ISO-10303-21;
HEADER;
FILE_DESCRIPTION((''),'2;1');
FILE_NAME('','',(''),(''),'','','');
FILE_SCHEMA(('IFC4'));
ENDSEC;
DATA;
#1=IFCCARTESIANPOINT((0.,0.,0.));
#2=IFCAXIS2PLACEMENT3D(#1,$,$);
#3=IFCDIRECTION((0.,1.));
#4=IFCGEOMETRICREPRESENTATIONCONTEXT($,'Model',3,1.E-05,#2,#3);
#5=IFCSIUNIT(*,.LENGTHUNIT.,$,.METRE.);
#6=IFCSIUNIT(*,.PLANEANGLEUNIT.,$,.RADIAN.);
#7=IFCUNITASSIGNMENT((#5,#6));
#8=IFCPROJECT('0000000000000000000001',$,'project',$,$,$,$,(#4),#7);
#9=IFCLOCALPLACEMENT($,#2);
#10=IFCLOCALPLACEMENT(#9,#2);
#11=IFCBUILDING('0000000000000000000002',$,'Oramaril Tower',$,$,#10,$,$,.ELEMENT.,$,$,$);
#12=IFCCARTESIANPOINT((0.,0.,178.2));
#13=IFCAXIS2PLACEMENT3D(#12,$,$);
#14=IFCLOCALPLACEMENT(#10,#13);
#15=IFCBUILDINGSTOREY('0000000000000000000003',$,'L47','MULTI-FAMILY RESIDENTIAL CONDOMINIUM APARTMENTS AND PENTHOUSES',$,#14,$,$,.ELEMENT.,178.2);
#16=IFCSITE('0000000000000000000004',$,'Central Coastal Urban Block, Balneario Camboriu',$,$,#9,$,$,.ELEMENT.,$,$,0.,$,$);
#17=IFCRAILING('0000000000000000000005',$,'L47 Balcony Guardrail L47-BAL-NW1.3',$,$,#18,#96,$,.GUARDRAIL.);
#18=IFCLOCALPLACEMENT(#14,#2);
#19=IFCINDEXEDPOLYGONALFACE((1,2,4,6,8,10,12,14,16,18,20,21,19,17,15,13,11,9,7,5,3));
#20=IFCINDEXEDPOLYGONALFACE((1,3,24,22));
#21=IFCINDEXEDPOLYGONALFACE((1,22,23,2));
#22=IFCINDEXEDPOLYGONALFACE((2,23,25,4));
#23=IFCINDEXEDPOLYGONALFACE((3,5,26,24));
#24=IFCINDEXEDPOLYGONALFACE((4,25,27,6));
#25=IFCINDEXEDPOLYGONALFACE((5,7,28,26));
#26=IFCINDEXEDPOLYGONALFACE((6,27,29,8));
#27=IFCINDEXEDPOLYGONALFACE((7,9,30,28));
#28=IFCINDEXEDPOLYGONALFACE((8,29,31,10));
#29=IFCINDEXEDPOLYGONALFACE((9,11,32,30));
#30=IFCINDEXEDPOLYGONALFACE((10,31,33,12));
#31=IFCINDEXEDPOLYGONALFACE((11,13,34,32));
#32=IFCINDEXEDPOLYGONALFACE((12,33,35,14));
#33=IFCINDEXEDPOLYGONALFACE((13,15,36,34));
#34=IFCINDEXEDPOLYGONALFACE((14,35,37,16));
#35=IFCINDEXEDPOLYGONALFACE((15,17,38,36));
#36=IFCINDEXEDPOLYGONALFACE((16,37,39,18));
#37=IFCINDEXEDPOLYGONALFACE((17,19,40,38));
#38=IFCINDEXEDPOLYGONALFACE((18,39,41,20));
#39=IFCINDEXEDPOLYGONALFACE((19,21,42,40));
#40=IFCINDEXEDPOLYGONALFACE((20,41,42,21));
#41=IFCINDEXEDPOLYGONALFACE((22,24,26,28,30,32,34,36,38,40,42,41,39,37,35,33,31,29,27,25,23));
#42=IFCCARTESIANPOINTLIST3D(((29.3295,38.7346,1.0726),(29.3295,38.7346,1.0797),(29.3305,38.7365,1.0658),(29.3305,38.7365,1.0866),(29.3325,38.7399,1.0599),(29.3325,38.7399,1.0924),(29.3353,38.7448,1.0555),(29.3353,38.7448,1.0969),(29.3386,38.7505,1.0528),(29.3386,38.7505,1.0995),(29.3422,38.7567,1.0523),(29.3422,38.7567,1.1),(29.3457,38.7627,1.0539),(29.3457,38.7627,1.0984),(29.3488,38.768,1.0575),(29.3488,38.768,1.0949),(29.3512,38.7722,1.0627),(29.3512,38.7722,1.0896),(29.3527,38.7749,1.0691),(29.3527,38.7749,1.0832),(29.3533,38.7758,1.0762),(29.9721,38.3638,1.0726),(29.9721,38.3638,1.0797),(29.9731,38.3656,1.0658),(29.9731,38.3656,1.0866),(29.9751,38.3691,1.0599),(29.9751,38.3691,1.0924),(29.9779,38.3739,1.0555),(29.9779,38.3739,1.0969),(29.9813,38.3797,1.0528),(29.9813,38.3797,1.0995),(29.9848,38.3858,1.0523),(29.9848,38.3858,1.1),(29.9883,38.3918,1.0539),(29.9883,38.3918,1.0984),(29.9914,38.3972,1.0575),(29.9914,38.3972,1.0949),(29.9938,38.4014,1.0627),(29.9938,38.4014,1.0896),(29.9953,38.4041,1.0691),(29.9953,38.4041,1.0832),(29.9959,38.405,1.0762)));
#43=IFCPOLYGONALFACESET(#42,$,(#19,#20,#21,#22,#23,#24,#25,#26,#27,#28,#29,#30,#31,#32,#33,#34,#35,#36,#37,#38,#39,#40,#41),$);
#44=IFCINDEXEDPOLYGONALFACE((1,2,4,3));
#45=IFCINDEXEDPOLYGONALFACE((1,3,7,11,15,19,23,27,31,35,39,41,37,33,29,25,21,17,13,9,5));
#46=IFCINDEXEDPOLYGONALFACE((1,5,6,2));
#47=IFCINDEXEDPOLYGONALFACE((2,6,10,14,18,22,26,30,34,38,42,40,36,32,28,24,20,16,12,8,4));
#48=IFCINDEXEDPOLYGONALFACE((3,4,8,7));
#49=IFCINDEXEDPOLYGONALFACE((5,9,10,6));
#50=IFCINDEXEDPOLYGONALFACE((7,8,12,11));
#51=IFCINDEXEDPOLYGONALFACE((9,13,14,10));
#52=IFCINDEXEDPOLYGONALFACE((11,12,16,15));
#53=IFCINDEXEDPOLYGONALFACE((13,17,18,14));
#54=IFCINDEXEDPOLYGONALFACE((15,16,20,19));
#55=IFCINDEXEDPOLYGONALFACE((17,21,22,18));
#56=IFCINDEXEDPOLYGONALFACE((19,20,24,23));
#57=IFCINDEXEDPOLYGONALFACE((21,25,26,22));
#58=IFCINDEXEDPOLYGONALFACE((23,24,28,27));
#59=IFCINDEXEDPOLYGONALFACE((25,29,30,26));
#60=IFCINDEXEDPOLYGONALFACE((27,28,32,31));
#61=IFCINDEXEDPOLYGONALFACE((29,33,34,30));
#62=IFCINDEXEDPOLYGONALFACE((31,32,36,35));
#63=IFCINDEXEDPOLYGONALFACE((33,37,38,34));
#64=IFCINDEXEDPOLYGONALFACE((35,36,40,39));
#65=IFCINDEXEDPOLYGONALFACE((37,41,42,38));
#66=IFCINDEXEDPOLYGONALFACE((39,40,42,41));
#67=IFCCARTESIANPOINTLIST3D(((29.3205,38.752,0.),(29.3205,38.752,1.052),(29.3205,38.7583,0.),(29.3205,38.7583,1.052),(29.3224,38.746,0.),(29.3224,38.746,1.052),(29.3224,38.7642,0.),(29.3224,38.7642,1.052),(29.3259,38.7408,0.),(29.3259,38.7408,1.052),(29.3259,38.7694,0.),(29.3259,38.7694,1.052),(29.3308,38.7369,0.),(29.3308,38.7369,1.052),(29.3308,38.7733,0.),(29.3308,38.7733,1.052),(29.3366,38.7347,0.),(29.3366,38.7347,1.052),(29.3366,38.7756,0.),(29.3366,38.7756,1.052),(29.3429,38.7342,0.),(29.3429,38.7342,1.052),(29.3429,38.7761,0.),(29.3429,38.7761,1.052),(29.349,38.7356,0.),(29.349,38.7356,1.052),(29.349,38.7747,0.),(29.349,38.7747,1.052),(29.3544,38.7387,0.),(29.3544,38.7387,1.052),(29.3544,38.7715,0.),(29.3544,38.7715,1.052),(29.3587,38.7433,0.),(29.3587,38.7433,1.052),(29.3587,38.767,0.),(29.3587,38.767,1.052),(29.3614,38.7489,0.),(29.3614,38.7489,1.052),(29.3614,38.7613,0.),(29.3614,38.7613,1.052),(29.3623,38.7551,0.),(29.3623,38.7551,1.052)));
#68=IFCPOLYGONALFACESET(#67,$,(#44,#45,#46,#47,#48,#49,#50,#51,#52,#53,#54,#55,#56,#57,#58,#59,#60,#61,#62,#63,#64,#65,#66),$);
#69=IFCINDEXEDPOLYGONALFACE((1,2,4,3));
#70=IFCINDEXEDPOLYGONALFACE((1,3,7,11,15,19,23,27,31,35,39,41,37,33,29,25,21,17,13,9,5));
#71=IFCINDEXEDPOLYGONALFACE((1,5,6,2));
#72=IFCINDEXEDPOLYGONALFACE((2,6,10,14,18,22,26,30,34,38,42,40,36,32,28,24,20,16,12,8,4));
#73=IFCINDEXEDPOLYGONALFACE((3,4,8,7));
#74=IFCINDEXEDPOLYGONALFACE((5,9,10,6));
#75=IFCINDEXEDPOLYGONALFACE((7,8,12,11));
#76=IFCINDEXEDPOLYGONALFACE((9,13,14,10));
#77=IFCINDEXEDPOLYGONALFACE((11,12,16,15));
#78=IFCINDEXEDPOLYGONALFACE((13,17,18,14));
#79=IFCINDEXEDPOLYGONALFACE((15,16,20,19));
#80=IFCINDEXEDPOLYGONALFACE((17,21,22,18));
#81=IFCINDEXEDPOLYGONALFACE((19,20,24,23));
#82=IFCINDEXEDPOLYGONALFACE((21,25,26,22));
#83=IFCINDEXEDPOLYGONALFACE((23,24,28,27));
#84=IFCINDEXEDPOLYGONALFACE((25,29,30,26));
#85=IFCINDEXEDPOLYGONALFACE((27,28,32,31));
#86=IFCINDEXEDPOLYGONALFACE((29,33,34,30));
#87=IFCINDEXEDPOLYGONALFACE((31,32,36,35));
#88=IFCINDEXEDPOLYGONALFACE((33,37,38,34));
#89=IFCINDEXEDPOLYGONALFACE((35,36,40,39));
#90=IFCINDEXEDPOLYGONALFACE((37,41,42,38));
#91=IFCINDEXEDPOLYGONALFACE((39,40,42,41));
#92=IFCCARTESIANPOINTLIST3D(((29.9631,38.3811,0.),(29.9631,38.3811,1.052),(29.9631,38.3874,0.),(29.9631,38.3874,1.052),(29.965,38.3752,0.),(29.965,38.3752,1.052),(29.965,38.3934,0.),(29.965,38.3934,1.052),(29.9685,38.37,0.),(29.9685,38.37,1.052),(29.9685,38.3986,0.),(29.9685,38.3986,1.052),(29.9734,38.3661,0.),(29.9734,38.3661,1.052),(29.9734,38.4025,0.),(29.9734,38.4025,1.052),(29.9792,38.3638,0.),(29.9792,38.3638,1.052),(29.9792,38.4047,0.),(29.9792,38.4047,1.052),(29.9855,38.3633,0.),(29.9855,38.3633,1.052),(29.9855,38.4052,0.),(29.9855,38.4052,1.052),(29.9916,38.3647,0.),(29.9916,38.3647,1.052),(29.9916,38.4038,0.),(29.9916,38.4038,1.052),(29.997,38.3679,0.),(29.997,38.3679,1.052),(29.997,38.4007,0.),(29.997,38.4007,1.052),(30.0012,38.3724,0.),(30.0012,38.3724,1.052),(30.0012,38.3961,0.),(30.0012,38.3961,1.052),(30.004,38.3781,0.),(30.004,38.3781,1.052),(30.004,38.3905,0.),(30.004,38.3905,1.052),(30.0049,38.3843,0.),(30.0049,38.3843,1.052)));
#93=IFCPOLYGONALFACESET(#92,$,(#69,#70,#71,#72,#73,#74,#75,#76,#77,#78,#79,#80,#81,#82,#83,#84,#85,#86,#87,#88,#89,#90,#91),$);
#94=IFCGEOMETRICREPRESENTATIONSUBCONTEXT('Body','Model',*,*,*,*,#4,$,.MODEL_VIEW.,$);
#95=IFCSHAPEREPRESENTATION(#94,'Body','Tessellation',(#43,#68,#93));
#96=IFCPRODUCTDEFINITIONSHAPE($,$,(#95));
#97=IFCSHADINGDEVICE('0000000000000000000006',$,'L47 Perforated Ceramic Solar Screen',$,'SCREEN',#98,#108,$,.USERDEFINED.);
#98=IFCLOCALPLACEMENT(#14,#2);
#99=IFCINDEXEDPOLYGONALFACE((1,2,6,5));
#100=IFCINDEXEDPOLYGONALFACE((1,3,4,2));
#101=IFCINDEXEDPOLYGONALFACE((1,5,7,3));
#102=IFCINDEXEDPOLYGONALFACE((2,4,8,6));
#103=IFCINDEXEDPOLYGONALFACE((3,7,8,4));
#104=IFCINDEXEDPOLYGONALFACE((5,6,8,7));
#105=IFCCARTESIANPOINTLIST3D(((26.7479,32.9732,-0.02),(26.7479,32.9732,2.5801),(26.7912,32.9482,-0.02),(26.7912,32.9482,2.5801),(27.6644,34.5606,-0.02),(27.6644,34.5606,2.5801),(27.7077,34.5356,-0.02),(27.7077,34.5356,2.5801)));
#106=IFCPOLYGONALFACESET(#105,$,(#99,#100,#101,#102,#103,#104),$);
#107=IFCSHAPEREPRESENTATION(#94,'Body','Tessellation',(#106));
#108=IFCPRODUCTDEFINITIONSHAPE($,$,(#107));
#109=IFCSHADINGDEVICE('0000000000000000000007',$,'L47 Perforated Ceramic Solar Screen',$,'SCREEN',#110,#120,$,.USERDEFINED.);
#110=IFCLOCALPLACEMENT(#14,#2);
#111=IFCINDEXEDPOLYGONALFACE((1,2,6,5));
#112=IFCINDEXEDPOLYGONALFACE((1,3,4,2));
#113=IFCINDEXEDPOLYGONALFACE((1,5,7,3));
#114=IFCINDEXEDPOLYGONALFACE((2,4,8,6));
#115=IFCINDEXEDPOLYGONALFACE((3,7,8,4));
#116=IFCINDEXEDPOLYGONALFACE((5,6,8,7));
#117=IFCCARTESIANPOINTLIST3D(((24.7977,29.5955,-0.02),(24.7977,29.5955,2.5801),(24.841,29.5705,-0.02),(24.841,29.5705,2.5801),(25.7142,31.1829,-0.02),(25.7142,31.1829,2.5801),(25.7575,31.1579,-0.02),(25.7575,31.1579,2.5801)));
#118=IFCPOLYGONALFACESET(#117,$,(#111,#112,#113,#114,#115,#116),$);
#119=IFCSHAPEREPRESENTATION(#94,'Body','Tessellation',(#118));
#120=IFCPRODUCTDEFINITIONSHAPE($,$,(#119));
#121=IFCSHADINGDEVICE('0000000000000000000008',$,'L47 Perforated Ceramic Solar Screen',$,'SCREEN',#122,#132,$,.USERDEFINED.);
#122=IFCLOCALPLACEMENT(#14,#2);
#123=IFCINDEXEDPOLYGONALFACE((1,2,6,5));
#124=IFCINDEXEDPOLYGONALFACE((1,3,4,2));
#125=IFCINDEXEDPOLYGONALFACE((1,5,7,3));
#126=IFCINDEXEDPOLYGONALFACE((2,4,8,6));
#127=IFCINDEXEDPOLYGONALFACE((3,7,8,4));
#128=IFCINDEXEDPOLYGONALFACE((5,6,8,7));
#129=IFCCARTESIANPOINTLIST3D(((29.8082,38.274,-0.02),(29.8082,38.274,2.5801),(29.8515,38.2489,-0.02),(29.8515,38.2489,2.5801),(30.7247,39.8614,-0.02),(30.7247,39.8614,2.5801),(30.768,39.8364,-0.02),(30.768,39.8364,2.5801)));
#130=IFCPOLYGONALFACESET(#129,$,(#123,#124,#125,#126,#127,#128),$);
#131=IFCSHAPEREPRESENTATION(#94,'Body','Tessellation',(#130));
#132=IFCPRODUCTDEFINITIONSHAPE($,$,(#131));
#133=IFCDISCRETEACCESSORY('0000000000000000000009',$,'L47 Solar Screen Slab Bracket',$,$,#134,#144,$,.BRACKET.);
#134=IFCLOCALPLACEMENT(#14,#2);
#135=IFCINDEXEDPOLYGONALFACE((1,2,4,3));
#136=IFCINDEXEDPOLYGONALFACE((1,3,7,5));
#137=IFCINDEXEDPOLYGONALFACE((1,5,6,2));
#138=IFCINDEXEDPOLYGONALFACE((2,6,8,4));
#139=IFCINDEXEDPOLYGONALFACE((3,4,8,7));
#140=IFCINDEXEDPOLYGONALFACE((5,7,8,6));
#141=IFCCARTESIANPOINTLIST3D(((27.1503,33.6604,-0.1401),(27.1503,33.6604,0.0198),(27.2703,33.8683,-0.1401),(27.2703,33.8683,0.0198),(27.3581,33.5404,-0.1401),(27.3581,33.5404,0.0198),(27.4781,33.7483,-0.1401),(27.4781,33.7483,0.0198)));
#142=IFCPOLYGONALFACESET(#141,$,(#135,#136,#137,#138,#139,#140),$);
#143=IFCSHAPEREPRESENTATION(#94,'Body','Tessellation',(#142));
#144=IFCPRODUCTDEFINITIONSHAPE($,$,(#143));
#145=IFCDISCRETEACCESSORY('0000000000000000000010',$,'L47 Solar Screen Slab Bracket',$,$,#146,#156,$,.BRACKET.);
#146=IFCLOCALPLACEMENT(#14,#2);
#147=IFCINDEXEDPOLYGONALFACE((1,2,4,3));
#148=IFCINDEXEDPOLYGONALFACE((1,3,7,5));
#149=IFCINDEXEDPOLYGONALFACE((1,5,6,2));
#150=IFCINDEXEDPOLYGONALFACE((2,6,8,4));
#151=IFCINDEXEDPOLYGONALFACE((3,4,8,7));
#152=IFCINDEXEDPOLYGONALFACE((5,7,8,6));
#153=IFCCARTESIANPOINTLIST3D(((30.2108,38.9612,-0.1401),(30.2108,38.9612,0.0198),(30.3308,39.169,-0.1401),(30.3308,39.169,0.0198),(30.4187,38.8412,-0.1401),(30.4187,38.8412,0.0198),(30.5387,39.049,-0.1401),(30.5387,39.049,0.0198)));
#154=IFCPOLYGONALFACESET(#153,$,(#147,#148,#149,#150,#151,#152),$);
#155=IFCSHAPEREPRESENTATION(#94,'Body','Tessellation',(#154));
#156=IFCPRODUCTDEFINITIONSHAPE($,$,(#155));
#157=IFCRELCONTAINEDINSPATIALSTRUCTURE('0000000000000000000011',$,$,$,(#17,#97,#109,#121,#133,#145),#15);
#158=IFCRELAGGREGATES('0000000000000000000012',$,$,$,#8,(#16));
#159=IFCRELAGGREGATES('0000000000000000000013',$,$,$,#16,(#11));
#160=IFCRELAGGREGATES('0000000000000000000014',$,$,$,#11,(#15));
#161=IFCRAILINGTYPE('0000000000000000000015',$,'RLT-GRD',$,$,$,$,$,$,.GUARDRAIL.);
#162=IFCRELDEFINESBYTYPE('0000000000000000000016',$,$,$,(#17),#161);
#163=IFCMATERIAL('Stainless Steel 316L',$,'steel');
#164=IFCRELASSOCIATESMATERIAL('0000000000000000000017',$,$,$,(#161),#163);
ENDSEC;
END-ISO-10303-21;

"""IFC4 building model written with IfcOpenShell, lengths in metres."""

from ifc_helpers import new_model, si_unit, direction, frame, origin, origin_2d, place, context, subcontext, project, spatial, rectangle, circle, extrude, material, type_object, element, save


model = new_model("IFC4")

# Units and contexts
model_context = context("Model", 3, precision=1e-05, world=origin(), true_north=direction((0.0, 1.0)))
body_context = subcontext(model_context, "Body", "Model", "MODEL_VIEW")
ifc_project = project(units=[si_unit("LENGTHUNIT", "METRE"), si_unit("PLANEANGLEUNIT", "RADIAN")], contexts=[model_context])

# Site, building, storey
site_placement = place(None, origin())
site = spatial("IfcSite", under=ifc_project, at=site_placement, Name="Central Coastal Urban Block, Balneario Camboriu", CompositionType="ELEMENT", RefElevation=0.0)
building_placement = place(site_placement, origin())
building = spatial("IfcBuilding", under=site, at=building_placement, Name="Oramaril Tower", CompositionType="ELEMENT")
storey_placement = place(building_placement, frame((0.0, 0.0, 178.2)))
storey = spatial("IfcBuildingStorey", under=building, at=storey_placement, Name="L47", Description="MULTI-FAMILY RESIDENTIAL CONDOMINIUM APARTMENTS AND PENTHOUSES", CompositionType="ELEMENT", Elevation=178.2)

# Railing
ifc_material_1 = material(Name="Stainless Steel 316L", Category="steel")
railing_type = type_object("IfcRailingType", Name="RLT-GRD", PredefinedType="GUARDRAIL", material=ifc_material_1)
railing_1_placement = place(storey_placement, frame((29.3413, 38.7551, 0.0)))
element("IfcRailing", 1, at=railing_1_placement, inside=storey, type_object=railing_type, Name="L47 Balcony Guardrail L47-BAL-NW1.3", PredefinedType="GUARDRAIL", context=body_context, shape_type="SweptSolid", body=[
    extrude(circle(Radius=0.0239, at=origin_2d()), frame((0.0, 0.0, 1.0762), z_axis=(0.866109, -0.499855, 0.0), x_axis=(0.499855, 0.866109, 0.0)), (0.0, 0.0, 1.0), 0.7419),
    extrude(circle(Radius=0.021, at=origin_2d()), origin(), (0.0, 0.0, 1.0), 1.052),
    extrude(circle(Radius=0.021, at=origin_2d()), frame((0.6426, -0.3708, 0.0)), (0.0, 0.0, 1.0), 1.052),
])

# Shading devices
for number, where, z_axis, x_axis, name in (
    (2, (27.2278, 33.7544, -0.02), (0.0, 0.0, 1.0), (-0.5, -0.866025, 0.0), "L47 Perforated Ceramic Solar Screen"),
    (3, (25.2776, 30.3767, -0.02), (0.0, 0.0, 1.0), (-0.5, -0.866025, 0.0), "L47 Perforated Ceramic Solar Screen"),
    (4, (30.2881, 39.0552, -0.02), (0.0, 0.0, 1.0), (-0.5, -0.866025, 0.0), "L47 Perforated Ceramic Solar Screen"),
):
    element("IfcShadingDevice", number, at=place(storey_placement, frame(where, z_axis=z_axis, x_axis=x_axis)), inside=storey, Name=name, ObjectType="SCREEN", PredefinedType="USERDEFINED", context=body_context, shape_type="SweptSolid", body=[
        extrude(rectangle(XDim=1.833, YDim=0.05, at=origin_2d()), origin(), (0.0, 0.0, 1.0), 2.6001),
    ])

# Discrete accessories
for number, where, z_axis, x_axis, name in (
    (5, (27.3142, 33.7043, -0.1401), (0.0, 0.0, 1.0), (-0.5, -0.866025, 0.0), "L47 Solar Screen Slab Bracket"),
    (6, (30.3748, 39.0051, -0.1401), (0.0, 0.0, 1.0), (-0.5, -0.866025, 0.0), "L47 Solar Screen Slab Bracket"),
):
    element("IfcDiscreteAccessory", number, at=place(storey_placement, frame(where, z_axis=z_axis, x_axis=x_axis)), inside=storey, Name=name, PredefinedType="BRACKET", context=body_context, shape_type="SweptSolid", body=[
        extrude(rectangle(XDim=0.24, YDim=0.24, at=origin_2d()), origin(), (0.0, 0.0, 1.0), 0.1599),
    ])

save(model, "model.ifc")
